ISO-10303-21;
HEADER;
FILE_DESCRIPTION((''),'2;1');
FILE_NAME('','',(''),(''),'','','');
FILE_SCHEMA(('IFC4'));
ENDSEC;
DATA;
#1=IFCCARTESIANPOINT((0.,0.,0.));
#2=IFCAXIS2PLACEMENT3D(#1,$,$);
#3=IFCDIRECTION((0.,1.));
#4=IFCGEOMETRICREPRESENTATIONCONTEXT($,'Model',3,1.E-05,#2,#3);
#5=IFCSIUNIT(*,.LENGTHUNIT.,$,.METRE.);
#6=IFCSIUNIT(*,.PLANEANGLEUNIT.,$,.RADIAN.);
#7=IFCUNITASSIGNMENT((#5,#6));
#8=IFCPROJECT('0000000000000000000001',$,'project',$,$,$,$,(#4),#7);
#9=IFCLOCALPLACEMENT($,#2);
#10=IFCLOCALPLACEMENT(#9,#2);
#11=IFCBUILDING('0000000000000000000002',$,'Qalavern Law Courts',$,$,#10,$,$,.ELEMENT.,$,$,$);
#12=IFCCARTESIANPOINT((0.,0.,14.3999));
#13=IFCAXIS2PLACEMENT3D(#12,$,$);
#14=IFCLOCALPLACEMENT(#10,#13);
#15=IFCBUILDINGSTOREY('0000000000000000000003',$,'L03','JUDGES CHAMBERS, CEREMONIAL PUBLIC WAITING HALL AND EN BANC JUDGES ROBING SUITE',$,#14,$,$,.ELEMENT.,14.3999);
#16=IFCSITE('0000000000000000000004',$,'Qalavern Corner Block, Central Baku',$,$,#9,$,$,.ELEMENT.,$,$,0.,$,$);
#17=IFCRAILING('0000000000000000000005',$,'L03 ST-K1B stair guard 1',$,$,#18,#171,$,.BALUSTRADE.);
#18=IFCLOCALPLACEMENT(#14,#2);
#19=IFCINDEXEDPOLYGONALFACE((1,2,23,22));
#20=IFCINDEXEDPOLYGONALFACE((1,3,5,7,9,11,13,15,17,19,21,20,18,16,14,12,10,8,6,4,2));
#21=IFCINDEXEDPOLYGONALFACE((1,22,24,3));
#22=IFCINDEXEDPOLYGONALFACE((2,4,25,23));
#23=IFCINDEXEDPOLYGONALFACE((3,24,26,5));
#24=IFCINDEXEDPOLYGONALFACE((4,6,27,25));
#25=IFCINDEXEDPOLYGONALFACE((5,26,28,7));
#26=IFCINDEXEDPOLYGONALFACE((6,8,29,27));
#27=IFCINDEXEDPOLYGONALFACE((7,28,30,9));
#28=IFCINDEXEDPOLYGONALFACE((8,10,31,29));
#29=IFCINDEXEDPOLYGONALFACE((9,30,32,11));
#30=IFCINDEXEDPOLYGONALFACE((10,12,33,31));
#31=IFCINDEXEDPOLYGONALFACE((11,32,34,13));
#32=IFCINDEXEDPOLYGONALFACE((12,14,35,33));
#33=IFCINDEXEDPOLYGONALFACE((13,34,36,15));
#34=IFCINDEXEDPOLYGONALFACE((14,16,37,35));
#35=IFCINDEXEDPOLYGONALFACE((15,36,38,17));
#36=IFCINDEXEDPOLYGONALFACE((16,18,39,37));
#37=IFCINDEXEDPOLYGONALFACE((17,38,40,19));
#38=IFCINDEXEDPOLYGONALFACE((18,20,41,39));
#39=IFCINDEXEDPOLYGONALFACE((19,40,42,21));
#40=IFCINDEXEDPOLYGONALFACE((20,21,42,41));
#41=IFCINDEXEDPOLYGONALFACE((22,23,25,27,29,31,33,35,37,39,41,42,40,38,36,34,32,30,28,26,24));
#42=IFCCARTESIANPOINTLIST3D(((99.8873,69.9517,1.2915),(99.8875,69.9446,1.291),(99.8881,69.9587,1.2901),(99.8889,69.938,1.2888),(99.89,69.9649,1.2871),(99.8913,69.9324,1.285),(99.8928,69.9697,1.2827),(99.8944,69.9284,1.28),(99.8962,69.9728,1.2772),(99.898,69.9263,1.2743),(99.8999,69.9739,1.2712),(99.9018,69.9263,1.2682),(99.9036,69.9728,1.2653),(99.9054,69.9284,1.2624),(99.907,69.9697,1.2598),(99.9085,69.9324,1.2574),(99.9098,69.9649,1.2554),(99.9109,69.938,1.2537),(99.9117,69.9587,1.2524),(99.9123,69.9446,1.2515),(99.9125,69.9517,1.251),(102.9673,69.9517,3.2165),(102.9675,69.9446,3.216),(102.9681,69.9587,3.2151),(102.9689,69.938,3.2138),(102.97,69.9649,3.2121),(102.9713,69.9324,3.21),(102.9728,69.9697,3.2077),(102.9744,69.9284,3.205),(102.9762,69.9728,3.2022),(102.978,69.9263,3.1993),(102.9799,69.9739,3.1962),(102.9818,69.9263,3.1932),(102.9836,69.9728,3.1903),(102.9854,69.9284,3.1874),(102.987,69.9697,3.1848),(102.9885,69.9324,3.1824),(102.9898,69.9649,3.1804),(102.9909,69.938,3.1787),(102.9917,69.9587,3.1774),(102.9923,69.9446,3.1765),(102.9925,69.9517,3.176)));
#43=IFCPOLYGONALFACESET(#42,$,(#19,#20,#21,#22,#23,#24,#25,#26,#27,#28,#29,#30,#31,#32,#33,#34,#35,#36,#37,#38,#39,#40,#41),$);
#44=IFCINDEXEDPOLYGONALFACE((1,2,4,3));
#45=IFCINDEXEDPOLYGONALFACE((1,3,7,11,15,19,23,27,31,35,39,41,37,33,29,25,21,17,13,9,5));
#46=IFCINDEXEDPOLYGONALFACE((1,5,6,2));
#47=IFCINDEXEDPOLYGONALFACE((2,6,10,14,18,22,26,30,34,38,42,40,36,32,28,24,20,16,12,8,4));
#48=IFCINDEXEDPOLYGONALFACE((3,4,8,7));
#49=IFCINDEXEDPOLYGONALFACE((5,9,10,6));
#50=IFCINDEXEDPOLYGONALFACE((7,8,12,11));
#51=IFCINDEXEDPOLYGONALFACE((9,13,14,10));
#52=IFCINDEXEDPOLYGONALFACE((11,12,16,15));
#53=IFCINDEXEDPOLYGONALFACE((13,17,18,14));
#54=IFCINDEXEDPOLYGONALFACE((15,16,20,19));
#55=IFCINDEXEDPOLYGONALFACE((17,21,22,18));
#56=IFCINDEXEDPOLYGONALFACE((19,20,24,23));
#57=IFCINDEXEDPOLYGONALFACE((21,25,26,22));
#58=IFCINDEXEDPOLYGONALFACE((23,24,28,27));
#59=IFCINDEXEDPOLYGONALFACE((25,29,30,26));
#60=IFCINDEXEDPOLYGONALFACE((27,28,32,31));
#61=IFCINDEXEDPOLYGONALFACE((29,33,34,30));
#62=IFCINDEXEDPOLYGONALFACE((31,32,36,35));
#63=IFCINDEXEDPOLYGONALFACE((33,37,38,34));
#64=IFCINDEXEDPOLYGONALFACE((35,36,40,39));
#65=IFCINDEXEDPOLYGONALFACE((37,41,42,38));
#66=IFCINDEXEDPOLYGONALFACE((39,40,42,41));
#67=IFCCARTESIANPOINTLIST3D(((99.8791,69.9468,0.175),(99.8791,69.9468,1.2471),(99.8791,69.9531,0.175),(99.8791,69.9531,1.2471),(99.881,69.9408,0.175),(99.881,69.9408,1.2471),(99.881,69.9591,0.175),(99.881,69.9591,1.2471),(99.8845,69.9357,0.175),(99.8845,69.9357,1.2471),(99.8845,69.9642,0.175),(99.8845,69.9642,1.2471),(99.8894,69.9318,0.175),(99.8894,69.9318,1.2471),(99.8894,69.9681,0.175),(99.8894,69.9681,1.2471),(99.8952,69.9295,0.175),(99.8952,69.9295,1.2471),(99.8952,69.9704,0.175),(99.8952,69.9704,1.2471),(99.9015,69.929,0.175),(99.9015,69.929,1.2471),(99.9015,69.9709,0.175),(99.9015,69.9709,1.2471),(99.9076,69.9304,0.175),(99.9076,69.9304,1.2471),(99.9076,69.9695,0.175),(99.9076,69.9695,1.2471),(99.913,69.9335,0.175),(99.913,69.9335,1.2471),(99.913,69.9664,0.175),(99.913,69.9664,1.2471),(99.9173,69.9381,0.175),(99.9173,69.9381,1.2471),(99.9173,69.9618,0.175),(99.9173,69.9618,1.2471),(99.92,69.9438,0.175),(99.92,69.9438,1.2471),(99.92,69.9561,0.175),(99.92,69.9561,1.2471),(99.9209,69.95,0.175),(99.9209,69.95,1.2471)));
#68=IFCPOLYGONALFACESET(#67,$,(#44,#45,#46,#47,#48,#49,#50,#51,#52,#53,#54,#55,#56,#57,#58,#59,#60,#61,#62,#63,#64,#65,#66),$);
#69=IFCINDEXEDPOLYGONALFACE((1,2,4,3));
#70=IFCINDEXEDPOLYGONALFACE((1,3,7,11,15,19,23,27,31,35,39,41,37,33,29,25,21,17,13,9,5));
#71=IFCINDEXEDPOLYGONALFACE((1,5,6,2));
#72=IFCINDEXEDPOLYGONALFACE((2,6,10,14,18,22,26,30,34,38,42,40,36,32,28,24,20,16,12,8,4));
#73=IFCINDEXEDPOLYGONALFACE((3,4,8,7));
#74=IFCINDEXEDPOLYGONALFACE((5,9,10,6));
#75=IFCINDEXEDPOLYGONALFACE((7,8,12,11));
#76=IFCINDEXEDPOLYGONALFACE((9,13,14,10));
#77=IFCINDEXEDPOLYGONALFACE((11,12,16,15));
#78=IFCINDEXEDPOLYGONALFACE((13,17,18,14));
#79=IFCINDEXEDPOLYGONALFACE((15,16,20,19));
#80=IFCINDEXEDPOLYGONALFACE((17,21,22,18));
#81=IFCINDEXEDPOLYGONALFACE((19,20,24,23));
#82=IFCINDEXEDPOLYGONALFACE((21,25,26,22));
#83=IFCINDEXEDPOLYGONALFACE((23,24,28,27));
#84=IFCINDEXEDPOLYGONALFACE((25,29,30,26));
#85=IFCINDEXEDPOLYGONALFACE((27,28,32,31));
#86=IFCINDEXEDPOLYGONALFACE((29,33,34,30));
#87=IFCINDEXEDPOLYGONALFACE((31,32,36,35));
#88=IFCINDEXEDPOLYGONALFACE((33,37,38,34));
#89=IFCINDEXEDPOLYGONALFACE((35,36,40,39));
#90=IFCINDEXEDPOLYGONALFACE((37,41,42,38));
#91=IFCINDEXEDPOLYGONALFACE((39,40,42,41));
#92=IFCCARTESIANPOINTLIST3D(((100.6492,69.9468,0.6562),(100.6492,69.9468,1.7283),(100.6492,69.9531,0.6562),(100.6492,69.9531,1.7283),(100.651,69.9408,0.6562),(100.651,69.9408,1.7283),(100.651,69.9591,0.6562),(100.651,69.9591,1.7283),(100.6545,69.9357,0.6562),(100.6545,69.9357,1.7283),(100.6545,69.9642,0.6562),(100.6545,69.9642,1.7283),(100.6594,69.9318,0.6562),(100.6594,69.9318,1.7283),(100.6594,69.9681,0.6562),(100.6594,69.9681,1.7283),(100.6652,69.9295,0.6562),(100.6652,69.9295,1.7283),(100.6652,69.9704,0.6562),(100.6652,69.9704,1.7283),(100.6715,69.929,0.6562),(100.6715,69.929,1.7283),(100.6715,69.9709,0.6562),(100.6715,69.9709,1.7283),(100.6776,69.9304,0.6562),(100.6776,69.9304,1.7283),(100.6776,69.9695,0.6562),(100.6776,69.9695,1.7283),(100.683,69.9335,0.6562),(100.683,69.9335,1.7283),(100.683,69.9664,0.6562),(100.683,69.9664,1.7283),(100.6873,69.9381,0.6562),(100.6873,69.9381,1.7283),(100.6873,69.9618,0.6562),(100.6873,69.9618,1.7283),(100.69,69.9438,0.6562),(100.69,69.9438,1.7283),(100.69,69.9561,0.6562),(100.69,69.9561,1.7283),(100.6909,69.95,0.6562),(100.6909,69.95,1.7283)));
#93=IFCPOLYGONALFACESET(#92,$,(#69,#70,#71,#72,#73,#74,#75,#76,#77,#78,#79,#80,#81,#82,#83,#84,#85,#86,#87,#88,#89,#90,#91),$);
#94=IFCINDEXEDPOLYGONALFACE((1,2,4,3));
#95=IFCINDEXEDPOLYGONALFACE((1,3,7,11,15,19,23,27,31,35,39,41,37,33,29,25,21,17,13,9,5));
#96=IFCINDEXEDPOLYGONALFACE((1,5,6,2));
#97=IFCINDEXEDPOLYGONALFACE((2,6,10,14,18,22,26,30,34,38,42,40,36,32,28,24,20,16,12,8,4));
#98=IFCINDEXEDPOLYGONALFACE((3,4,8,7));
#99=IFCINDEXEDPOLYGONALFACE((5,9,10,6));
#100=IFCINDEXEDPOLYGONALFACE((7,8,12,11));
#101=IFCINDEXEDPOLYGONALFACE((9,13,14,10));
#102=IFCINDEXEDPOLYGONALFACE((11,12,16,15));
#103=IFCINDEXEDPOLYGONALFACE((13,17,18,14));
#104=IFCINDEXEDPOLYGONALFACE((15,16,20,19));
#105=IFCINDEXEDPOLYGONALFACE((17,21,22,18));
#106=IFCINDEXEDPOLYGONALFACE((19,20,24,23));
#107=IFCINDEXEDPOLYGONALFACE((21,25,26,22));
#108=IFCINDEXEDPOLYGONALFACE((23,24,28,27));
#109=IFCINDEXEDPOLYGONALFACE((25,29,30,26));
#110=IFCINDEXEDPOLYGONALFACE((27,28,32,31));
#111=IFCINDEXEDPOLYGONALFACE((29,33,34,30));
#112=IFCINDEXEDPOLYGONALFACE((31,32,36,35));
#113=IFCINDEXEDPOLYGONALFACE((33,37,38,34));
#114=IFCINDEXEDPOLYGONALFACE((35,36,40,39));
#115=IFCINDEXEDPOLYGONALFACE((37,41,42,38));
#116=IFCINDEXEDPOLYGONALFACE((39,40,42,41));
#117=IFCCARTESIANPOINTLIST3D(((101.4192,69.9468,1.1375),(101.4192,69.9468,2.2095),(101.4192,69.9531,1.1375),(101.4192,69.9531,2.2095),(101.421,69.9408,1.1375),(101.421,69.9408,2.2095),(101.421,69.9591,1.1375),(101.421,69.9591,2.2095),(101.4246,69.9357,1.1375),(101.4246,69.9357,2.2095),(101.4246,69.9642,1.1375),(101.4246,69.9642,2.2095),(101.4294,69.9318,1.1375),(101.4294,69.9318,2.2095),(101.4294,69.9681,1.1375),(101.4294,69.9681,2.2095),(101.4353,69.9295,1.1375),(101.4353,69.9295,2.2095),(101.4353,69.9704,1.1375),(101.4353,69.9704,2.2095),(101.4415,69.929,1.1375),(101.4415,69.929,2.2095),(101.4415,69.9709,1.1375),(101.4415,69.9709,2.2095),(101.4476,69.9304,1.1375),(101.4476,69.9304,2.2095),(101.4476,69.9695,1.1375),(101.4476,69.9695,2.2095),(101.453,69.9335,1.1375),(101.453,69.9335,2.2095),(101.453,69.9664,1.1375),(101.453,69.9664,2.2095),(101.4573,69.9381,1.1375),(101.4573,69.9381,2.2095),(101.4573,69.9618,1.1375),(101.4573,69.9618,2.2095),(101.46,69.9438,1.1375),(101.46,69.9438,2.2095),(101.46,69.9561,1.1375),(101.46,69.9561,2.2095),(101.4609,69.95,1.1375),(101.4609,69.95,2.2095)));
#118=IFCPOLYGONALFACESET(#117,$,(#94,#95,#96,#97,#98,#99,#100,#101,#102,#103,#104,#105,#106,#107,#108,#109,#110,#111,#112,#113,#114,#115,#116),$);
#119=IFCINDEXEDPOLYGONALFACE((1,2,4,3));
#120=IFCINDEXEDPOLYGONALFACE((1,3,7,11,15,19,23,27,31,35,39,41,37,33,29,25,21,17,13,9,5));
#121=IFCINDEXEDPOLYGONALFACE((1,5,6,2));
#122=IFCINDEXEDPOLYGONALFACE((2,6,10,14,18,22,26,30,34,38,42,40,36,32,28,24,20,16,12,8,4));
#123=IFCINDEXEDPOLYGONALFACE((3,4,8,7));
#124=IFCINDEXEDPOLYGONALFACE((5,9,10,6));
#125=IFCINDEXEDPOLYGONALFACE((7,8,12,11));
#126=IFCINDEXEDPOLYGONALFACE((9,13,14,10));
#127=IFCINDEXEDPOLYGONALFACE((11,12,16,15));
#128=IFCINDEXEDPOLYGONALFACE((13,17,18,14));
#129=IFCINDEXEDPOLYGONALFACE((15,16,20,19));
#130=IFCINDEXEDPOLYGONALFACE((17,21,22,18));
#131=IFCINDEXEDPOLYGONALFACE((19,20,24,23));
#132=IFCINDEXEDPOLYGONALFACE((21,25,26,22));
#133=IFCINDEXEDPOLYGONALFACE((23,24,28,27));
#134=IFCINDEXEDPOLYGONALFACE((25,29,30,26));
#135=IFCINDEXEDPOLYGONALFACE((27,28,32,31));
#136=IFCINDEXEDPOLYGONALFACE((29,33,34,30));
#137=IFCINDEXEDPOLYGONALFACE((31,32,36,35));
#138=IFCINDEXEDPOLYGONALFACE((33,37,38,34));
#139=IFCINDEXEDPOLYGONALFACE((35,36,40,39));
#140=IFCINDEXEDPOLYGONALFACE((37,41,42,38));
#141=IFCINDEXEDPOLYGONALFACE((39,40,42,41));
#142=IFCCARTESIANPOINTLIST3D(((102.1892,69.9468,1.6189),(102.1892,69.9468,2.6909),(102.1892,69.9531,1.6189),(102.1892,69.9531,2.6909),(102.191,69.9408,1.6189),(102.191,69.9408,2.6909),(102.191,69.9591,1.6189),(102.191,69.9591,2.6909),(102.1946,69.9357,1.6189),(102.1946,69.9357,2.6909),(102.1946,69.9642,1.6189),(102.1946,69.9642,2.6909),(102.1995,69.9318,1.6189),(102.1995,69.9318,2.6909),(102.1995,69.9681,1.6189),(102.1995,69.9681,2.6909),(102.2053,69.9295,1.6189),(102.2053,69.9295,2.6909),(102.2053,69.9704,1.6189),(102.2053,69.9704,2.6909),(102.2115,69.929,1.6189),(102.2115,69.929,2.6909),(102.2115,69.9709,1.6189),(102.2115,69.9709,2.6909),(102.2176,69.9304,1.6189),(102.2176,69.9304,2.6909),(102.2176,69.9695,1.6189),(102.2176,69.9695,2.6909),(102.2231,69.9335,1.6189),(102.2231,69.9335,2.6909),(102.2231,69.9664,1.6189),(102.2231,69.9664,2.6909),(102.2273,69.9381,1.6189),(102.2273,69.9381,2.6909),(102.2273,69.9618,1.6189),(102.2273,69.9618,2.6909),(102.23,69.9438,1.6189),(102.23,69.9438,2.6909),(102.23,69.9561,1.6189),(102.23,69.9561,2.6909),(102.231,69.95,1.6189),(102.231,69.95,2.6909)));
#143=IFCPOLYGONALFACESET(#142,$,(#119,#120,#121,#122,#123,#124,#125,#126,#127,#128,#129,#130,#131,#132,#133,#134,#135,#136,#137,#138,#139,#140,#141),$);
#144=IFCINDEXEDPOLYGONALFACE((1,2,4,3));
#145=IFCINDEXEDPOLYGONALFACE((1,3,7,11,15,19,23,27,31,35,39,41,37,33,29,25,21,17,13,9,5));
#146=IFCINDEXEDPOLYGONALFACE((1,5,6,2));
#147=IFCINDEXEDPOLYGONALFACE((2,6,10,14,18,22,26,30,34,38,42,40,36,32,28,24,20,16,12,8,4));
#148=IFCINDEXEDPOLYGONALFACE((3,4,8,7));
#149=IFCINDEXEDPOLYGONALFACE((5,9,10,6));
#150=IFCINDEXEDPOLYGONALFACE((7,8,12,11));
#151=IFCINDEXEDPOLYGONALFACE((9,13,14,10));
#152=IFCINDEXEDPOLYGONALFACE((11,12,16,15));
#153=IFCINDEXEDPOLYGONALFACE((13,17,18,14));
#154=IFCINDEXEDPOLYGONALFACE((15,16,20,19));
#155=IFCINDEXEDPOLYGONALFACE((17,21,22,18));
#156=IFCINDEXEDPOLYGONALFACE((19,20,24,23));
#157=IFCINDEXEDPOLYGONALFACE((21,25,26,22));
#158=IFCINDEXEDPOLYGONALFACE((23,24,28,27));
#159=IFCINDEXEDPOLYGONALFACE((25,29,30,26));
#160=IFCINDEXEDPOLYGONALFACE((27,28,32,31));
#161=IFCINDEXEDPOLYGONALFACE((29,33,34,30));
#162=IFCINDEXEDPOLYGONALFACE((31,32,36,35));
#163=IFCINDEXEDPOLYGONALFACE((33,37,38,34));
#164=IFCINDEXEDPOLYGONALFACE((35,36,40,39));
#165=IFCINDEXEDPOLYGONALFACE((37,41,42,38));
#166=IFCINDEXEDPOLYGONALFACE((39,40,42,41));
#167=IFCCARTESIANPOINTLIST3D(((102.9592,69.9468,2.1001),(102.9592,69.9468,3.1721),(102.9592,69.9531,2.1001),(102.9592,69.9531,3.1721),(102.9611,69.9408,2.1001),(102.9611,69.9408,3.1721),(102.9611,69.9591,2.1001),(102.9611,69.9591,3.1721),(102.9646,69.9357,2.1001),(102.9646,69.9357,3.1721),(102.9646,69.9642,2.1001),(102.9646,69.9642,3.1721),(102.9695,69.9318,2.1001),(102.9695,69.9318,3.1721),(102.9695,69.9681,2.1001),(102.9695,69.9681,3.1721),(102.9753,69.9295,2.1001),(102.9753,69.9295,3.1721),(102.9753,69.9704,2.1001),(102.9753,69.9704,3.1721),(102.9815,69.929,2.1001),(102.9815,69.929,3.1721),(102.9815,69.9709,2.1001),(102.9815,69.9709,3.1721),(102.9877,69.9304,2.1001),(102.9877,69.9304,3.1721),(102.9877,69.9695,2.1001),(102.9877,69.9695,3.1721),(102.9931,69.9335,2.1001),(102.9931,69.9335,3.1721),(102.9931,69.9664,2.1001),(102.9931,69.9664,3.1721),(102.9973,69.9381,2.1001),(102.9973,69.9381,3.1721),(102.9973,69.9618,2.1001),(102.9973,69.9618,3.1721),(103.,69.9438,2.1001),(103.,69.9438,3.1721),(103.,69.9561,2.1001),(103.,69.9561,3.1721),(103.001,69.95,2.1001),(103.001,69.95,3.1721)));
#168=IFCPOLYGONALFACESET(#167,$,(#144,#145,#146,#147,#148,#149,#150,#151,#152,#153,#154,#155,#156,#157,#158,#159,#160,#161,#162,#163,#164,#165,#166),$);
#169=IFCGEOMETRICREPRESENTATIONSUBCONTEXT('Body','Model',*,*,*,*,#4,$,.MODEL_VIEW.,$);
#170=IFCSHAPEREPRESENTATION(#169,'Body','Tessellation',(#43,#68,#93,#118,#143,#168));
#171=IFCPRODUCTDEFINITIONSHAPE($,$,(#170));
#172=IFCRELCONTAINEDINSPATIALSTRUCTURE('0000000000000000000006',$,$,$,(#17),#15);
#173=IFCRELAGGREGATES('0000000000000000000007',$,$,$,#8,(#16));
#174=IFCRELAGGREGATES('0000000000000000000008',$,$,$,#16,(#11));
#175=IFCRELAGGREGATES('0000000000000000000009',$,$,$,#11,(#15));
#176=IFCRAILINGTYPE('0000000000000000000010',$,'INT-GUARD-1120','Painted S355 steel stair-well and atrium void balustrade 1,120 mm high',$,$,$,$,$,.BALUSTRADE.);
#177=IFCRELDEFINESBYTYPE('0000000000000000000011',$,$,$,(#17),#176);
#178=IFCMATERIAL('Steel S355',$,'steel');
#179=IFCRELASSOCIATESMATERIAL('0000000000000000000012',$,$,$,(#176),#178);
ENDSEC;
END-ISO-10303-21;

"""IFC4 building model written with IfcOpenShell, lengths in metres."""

from ifc_helpers import new_model, si_unit, direction, frame, origin, origin_2d, place, context, subcontext, project, spatial, circle, extrude, material, type_object, element, save


model = new_model("IFC4")

# Units and contexts
model_context = context("Model", 3, precision=1e-05, world=origin(), true_north=direction((0.0, 1.0)))
body_context = subcontext(model_context, "Body", "Model", "MODEL_VIEW")
ifc_project = project(units=[si_unit("LENGTHUNIT", "METRE"), si_unit("PLANEANGLEUNIT", "RADIAN")], contexts=[model_context])

# Site, building, storey
site_placement = place(None, origin())
site = spatial("IfcSite", under=ifc_project, at=site_placement, Name="Qalavern Corner Block, Central Baku", CompositionType="ELEMENT", RefElevation=0.0)
building_placement = place(site_placement, origin())
building = spatial("IfcBuilding", under=site, at=building_placement, Name="Qalavern Law Courts", CompositionType="ELEMENT")
storey_placement = place(building_placement, frame((0.0, 0.0, 14.3999)))
storey = spatial("IfcBuildingStorey", under=building, at=storey_placement, Name="L03", Description="JUDGES CHAMBERS, CEREMONIAL PUBLIC WAITING HALL AND EN BANC JUDGES ROBING SUITE", CompositionType="ELEMENT", Elevation=14.3999)

# Shared definitions
ifc_material_1 = material(Name="Steel S355", Category="steel")

# Railing
railing_type_1 = type_object("IfcRailingType", Name="INT-GUARD-1120", Description="Painted S355 steel stair-well and atrium void balustrade 1,120 mm high", PredefinedType="BALUSTRADE", material=ifc_material_1)
railing_1_placement = place(storey_placement, frame((99.8999, 69.95, 0.175)))
element("IfcRailing", 1, at=railing_1_placement, inside=storey, type_object=railing_type_1, Name="L03 ST-K1B stair guard 1", PredefinedType="BALUSTRADE", context=body_context, shape_type="SweptSolid", body=[
    extrude(circle(Radius=0.0239, at=origin_2d()), frame((0.0, 0.0, 1.0962), z_axis=(0.847998, 0.0, 0.529999), x_axis=(0.0, 1.0, 0.0)), (0.0, 0.0, 1.0), 3.6321),
    extrude(circle(Radius=0.021, at=origin_2d()), origin(), (0.0, 0.0, 1.0), 1.072),
    extrude(circle(Radius=0.021, at=origin_2d()), frame((0.77, 0.0, 0.4812)), (0.0, 0.0, 1.0), 1.072),
    extrude(circle(Radius=0.021, at=origin_2d()), frame((1.54, 0.0, 0.9624)), (0.0, 0.0, 1.0), 1.072),
    extrude(circle(Radius=0.021, at=origin_2d()), frame((2.3101, 0.0, 1.4438)), (0.0, 0.0, 1.0), 1.072),
    extrude(circle(Radius=0.021, at=origin_2d()), frame((3.0801, 0.0, 1.925)), (0.0, 0.0, 1.0), 1.072),
])

save(model, "model.ifc")
